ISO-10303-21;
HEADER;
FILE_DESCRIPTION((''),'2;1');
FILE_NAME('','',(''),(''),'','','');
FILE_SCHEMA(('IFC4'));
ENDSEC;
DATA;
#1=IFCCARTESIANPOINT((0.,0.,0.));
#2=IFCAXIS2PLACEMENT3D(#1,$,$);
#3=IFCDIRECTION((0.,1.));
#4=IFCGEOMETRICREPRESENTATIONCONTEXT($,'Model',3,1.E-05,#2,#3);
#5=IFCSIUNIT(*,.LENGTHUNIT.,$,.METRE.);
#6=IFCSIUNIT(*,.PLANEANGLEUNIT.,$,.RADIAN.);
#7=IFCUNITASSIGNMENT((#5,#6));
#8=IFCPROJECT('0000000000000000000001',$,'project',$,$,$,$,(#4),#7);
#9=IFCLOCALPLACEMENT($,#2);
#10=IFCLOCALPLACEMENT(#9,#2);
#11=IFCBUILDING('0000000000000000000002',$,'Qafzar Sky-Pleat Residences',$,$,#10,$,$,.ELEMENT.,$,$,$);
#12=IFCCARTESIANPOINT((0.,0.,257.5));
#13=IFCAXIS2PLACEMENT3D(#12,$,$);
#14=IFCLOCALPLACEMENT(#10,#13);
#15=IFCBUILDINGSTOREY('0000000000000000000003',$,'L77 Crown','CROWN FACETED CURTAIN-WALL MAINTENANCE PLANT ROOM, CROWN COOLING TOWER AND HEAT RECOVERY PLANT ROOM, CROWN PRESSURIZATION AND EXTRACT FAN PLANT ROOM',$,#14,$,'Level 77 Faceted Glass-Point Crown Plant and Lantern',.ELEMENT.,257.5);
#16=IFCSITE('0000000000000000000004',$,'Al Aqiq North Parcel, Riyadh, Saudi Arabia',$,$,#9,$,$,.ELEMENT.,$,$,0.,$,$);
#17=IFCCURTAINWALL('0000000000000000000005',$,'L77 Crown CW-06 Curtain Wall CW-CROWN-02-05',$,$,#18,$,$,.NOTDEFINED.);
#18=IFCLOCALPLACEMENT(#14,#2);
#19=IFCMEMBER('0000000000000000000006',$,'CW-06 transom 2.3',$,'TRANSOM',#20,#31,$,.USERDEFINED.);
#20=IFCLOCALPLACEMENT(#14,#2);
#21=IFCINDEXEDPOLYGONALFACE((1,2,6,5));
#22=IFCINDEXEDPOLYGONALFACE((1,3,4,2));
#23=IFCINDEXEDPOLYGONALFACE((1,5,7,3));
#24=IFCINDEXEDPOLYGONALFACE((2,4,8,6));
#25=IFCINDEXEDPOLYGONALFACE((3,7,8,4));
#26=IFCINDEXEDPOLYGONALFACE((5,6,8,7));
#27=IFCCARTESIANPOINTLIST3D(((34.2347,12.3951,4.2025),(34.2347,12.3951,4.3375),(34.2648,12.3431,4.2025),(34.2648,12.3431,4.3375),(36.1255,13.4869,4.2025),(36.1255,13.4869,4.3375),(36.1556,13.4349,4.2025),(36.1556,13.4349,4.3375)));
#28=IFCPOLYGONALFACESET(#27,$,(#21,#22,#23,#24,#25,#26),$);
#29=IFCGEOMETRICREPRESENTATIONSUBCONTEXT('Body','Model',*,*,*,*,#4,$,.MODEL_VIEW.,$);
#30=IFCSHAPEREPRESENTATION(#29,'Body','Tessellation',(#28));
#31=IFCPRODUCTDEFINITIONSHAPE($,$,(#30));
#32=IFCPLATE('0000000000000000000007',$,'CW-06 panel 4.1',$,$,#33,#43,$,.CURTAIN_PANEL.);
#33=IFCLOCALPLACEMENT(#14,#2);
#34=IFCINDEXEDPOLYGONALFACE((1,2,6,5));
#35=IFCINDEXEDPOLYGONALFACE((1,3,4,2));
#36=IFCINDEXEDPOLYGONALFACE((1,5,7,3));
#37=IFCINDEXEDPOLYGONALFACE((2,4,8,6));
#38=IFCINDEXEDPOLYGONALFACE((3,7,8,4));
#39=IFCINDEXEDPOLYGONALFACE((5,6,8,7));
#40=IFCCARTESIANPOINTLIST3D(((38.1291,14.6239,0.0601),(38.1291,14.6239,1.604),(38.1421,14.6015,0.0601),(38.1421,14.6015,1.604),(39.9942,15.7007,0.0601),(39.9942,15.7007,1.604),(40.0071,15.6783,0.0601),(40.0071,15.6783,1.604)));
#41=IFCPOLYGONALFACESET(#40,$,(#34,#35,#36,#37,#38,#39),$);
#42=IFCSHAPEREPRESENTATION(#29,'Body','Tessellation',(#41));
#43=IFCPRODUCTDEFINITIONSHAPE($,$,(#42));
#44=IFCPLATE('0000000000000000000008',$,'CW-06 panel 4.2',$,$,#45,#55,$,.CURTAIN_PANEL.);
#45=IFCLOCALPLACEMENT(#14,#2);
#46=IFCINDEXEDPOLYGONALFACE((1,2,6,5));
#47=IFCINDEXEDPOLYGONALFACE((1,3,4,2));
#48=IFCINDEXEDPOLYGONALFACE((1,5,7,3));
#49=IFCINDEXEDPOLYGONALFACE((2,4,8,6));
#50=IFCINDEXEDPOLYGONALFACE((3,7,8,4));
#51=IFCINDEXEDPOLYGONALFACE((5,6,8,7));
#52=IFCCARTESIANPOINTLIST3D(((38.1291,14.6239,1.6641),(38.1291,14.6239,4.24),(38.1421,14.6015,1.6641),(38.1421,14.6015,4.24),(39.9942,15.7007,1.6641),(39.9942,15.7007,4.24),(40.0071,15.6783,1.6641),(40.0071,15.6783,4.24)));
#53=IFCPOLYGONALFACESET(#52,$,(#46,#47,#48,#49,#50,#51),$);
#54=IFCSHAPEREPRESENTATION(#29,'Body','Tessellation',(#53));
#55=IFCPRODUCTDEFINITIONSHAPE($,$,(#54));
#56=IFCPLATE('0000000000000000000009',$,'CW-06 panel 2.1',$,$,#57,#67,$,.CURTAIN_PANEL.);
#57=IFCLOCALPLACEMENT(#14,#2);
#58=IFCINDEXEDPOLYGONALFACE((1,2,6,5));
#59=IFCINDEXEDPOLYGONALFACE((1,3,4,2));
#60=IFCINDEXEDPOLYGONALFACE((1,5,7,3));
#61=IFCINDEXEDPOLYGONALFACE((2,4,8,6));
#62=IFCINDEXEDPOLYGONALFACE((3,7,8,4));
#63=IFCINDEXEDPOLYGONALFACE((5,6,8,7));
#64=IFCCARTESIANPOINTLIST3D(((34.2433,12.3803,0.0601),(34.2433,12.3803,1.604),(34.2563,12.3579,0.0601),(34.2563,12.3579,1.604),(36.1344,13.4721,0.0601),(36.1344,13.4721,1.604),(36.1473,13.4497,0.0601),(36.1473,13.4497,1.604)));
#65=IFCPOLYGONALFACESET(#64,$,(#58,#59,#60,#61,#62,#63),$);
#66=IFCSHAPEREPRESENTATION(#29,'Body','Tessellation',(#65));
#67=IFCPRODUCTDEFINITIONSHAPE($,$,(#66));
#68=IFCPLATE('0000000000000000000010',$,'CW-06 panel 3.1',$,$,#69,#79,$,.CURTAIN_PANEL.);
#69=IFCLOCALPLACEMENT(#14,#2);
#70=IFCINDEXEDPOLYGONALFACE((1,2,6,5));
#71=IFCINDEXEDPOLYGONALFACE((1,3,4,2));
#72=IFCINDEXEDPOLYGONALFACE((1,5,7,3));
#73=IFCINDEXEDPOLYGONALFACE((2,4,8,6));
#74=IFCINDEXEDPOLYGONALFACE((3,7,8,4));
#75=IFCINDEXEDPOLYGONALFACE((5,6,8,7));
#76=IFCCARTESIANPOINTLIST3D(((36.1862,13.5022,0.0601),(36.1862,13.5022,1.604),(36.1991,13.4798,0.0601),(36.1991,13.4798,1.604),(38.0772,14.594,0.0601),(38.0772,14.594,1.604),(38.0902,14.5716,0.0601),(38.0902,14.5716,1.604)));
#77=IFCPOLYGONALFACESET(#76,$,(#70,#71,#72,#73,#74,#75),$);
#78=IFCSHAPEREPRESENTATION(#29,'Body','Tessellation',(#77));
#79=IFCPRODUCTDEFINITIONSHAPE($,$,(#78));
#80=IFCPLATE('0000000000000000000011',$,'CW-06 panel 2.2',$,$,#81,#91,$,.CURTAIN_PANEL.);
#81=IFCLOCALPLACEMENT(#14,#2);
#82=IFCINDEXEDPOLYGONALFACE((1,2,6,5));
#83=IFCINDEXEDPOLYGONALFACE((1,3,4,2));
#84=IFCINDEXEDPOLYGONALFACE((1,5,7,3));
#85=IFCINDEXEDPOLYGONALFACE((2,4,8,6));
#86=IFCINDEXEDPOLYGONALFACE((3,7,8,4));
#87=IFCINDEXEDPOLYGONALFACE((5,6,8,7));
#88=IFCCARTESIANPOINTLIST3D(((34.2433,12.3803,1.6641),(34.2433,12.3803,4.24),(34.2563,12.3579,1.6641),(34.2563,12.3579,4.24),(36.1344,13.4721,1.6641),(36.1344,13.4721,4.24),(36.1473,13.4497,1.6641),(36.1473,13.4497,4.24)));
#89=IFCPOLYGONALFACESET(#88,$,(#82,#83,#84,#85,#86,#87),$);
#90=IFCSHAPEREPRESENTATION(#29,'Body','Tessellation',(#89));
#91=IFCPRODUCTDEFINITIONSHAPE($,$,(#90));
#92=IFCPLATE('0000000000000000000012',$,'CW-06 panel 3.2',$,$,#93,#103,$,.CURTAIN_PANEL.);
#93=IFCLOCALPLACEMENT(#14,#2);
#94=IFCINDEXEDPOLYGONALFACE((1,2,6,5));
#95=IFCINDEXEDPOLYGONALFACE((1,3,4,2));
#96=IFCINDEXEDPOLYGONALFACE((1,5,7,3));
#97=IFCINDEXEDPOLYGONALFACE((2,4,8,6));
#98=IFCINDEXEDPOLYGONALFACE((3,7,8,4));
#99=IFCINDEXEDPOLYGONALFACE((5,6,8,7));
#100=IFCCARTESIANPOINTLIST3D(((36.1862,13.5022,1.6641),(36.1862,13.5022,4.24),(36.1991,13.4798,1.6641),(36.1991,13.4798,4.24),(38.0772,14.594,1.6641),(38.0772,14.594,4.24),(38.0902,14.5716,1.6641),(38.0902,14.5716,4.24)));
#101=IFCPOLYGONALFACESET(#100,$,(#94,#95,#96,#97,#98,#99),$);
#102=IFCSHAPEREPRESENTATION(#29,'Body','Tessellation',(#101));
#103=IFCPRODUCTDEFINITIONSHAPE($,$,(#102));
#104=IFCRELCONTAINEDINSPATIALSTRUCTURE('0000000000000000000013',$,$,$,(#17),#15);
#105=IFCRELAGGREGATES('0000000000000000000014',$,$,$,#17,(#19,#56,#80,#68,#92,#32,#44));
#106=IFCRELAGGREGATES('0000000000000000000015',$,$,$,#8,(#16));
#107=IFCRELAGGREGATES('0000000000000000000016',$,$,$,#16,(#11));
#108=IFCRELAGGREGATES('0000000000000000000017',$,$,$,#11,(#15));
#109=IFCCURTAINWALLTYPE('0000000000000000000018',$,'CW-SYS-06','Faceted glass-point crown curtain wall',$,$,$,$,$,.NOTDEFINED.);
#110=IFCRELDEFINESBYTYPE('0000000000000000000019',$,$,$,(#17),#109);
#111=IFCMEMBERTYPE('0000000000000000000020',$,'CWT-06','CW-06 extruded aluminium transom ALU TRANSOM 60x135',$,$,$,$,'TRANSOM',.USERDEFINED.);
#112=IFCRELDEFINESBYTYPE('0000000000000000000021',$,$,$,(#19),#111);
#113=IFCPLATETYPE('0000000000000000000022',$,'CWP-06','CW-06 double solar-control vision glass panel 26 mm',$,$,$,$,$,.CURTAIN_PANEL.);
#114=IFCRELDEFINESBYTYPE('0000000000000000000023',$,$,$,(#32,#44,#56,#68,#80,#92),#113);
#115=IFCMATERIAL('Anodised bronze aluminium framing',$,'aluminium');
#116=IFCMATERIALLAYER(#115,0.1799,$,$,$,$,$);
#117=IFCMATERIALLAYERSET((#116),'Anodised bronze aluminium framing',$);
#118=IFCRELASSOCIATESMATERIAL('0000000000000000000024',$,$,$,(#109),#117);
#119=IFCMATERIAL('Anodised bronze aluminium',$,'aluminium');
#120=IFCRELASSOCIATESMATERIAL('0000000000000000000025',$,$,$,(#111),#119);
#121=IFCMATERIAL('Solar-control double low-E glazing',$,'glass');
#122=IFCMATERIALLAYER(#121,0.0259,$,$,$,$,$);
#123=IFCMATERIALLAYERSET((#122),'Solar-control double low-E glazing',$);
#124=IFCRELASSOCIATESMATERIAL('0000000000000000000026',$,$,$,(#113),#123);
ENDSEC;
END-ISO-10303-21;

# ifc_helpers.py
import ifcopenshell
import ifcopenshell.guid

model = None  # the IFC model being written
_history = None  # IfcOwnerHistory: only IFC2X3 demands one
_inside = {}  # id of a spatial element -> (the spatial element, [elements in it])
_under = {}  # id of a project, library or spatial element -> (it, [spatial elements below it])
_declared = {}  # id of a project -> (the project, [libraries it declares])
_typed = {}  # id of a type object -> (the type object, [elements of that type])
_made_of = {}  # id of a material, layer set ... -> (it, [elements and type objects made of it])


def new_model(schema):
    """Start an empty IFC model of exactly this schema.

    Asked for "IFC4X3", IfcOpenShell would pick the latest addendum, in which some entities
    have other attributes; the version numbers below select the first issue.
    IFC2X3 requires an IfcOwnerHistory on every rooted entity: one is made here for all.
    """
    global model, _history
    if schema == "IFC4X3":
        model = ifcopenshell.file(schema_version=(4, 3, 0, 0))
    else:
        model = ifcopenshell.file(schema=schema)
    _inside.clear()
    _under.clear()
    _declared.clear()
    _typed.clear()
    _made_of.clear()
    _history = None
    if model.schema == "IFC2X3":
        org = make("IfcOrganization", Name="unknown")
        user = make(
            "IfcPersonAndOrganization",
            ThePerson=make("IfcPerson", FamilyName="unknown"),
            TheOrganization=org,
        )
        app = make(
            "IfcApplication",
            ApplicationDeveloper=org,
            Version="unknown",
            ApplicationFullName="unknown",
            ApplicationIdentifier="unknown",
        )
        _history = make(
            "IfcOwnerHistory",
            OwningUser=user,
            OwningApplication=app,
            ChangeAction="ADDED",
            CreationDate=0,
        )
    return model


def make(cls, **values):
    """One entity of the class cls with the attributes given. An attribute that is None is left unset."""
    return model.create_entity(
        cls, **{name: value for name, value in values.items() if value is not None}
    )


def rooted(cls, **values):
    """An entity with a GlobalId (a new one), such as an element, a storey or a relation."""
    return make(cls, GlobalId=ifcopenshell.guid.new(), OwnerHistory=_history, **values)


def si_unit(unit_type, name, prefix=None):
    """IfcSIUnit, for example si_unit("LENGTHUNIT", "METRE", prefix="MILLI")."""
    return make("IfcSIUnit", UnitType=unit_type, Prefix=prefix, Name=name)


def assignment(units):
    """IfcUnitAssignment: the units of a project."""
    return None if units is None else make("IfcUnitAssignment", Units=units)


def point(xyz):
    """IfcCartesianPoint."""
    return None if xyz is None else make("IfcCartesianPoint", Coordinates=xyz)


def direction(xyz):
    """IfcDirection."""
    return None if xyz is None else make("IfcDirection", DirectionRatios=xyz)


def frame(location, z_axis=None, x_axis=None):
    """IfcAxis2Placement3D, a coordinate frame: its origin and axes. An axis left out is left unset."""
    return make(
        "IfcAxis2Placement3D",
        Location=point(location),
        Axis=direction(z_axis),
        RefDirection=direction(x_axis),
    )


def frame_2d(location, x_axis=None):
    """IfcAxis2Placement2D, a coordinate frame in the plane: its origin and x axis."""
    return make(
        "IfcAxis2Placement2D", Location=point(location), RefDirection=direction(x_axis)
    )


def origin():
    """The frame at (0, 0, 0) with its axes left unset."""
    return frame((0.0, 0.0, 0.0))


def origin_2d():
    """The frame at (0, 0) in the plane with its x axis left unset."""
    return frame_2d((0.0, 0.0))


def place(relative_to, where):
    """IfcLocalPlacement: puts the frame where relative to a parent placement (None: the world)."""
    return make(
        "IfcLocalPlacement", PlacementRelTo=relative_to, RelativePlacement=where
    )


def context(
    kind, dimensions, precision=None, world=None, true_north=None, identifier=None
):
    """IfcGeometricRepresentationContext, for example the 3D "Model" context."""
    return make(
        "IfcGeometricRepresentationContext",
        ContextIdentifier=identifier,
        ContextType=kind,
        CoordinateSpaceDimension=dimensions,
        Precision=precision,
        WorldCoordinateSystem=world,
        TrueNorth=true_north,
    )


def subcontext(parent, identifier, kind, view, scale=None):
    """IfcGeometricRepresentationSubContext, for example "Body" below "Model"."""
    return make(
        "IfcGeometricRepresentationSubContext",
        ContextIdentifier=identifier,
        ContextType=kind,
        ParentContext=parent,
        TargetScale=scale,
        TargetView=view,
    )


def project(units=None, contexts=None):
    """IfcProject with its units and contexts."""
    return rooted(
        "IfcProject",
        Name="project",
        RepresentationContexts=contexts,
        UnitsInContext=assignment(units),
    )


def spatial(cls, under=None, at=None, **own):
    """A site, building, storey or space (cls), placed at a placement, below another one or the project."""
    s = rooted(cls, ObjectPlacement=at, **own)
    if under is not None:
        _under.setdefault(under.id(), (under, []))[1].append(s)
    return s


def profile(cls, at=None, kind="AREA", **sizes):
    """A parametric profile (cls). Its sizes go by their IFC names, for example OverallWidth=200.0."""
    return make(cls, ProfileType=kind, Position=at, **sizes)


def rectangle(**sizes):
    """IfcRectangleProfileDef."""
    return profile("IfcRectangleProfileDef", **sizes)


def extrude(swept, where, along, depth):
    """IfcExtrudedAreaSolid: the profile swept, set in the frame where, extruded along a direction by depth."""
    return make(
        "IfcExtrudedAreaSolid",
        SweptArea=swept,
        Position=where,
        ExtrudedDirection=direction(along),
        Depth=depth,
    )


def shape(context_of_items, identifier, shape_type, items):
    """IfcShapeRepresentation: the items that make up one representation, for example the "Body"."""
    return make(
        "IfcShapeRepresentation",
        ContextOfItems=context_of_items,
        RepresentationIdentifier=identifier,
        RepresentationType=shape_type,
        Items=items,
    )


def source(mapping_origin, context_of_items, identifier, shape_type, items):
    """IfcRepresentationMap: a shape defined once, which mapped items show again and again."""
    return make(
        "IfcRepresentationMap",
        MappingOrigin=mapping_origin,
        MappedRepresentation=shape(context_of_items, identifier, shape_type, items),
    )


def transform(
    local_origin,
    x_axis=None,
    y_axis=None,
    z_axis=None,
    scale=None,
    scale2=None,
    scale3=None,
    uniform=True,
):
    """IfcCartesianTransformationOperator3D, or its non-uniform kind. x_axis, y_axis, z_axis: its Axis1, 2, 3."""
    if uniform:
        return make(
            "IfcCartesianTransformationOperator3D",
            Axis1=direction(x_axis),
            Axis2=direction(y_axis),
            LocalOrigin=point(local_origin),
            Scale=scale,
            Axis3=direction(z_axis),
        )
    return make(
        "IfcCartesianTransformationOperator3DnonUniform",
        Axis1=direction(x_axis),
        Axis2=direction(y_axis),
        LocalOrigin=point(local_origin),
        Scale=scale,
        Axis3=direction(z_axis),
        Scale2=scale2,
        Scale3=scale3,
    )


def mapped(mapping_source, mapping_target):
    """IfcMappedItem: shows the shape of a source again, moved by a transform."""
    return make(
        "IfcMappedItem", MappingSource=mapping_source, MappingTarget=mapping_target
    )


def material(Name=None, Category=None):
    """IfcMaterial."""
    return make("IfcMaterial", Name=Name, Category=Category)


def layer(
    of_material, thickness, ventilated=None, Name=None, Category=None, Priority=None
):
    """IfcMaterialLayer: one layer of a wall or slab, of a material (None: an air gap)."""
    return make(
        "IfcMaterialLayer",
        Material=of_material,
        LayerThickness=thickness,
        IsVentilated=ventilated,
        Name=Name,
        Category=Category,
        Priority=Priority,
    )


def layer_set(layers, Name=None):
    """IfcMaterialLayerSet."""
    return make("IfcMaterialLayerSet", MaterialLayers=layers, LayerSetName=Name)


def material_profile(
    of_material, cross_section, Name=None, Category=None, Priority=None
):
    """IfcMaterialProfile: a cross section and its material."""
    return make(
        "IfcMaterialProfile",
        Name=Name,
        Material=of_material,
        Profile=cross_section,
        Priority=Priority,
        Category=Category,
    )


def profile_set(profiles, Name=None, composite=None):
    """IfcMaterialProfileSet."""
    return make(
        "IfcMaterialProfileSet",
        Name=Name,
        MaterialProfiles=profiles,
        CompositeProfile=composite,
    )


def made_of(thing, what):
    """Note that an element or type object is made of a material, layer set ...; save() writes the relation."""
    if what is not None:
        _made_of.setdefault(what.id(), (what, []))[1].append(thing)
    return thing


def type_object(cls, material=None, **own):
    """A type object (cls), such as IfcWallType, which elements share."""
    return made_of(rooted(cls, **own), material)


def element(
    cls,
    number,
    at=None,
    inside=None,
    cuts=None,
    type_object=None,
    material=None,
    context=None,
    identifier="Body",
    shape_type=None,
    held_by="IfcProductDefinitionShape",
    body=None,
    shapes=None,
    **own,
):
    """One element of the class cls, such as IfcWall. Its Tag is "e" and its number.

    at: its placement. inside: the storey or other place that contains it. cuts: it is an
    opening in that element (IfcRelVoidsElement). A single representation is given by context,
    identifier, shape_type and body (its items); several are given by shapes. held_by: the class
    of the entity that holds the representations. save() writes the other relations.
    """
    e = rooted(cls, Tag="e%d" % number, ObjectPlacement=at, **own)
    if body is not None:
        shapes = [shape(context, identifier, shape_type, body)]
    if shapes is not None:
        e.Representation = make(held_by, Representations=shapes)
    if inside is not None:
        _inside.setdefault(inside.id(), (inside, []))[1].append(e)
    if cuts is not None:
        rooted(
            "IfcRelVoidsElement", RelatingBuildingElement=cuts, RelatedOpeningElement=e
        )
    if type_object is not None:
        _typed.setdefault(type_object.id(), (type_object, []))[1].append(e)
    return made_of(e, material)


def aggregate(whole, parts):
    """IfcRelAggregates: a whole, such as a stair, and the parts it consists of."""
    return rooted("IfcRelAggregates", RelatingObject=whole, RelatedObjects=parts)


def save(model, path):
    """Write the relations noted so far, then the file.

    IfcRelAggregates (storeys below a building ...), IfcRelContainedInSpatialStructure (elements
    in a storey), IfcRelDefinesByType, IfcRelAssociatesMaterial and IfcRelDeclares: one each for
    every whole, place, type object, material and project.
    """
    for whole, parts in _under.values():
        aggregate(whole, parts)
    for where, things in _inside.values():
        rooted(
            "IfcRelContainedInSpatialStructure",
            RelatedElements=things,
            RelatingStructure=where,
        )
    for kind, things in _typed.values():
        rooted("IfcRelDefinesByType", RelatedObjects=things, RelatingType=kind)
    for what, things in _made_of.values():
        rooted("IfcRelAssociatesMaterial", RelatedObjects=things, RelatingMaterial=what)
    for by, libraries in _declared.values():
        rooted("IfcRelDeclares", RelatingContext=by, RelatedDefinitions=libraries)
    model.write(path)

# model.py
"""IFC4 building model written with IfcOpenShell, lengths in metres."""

from ifc_helpers import new_model, si_unit, direction, frame, origin, origin_2d, place, context, subcontext, project, spatial, rectangle, extrude, source, transform, mapped, material, layer, layer_set, material_profile, profile_set, type_object, element, aggregate, save


model = new_model("IFC4")

# Units and contexts
model_context = context("Model", 3, precision=1e-05, world=origin(), true_north=direction((0.0, 1.0)))
body_context = subcontext(model_context, "Body", "Model", "MODEL_VIEW")
ifc_project = project(units=[si_unit("LENGTHUNIT", "METRE"), si_unit("PLANEANGLEUNIT", "RADIAN")], contexts=[model_context])

# Site, building, storey
site_placement = place(None, origin())
site = spatial("IfcSite", under=ifc_project, at=site_placement, Name="Al Aqiq North Parcel, Riyadh, Saudi Arabia", CompositionType="ELEMENT", RefElevation=0.0)
building_placement = place(site_placement, origin())
building = spatial("IfcBuilding", under=site, at=building_placement, Name="Qafzar Sky-Pleat Residences", CompositionType="ELEMENT")
storey_placement = place(building_placement, frame((0.0, 0.0, 257.5)))
storey = spatial("IfcBuildingStorey", under=building, at=storey_placement, Name="L77 Crown", Description="CROWN FACETED CURTAIN-WALL MAINTENANCE PLANT ROOM, CROWN COOLING TOWER AND HEAT RECOVERY PLANT ROOM, CROWN PRESSURIZATION AND EXTRACT FAN PLANT ROOM", LongName="Level 77 Faceted Glass-Point Crown Plant and Lantern", CompositionType="ELEMENT", Elevation=257.5)

# Curtain wall
ifc_material_1 = material(Name="Anodised bronze aluminium framing", Category="aluminium")
ifc_layer_1 = layer(ifc_material_1, 0.1799)
ifc_layer_set_1 = layer_set([ifc_layer_1], Name="Anodised bronze aluminium framing")
curtain_wall_type = type_object("IfcCurtainWallType", Name="CW-SYS-06", Description="Faceted glass-point crown curtain wall", PredefinedType="NOTDEFINED", material=ifc_layer_set_1)
curtain_wall_1_placement = place(storey_placement, origin())
curtain_wall_1 = element("IfcCurtainWall", 1, at=curtain_wall_1_placement, inside=storey, type_object=curtain_wall_type, Name="L77 Crown CW-06 Curtain Wall CW-CROWN-02-05", PredefinedType="NOTDEFINED")
ifc_material_2 = material(Name="Anodised bronze aluminium", Category="aluminium")

# Member
ifc_material_profile_1 = material_profile(ifc_material_2, rectangle(XDim=0.0601, YDim=0.135, at=origin_2d()), Name="ALU TRANSOM 60x135")
ifc_profile_set_1 = profile_set([ifc_material_profile_1], Name="Anodised bronze aluminium")
member_type_1 = type_object("IfcMemberType", Name="CWT-06", Description="CW-06 extruded aluminium transom ALU TRANSOM 60x135", ElementType="TRANSOM", PredefinedType="USERDEFINED", material=ifc_profile_set_1)
shared_shape_1 = source(origin(), body_context, "Body", "SweptSolid", [
    extrude(rectangle(XDim=0.0601, YDim=0.135, at=origin_2d()), origin(), (0.0, 0.0, 1.0), 2.1833),
])
member_1_placement = place(storey_placement, frame((34.2498, 12.3691, 4.27), z_axis=(0.866005, 0.500035, 0.0), x_axis=(-0.500035, 0.866005, 0.0)))
member_1 = element("IfcMember", 2, at=member_1_placement, type_object=member_type_1, Name="CW-06 transom 2.3", ObjectType="TRANSOM", PredefinedType="USERDEFINED", context=body_context, shape_type="MappedRepresentation", body=[
    mapped(shared_shape_1, transform((0.0, 0.0, 0.0), x_axis=(1.0, 0.0, 0.0), y_axis=(0.0, 1.0, 0.0), z_axis=(0.0, 0.0, 1.0), scale=1.0)),
])

# Plates
ifc_material_3 = material(Name="Solar-control double low-E glazing", Category="glass")
ifc_layer_2 = layer(ifc_material_3, 0.0259)
ifc_layer_set_2 = layer_set([ifc_layer_2], Name="Solar-control double low-E glazing")
plate_type = type_object("IfcPlateType", Name="CWP-06", Description="CW-06 double solar-control vision glass panel 26 mm", PredefinedType="CURTAIN_PANEL", material=ifc_layer_set_2)
shared_shape_2 = source(origin(), body_context, "Body", "SweptSolid", [
    extrude(rectangle(XDim=2.1536, YDim=0.0259, at=origin_2d()), origin(), (0.0, 0.0, 1.0), 1.5439),
])
plate_1_placement = place(storey_placement, frame((39.0681, 15.1511, 0.0601), z_axis=(0.0, 0.0, 1.0), x_axis=(0.866024, 0.500003, 0.0)))
plate_1 = element("IfcPlate", 3, at=plate_1_placement, type_object=plate_type, Name="CW-06 panel 4.1", PredefinedType="CURTAIN_PANEL", context=body_context, shape_type="MappedRepresentation", body=[
    mapped(shared_shape_2, transform((0.0, 0.0, 0.0), x_axis=(1.0, 0.0, 0.0), y_axis=(0.0, 1.0, 0.0), z_axis=(0.0, 0.0, 1.0), scale=1.0)),
])
shared_shape_3 = source(origin(), body_context, "Body", "SweptSolid", [
    extrude(rectangle(XDim=2.1536, YDim=0.0259, at=origin_2d()), origin(), (0.0, 0.0, 1.0), 2.5759),
])
plate_2_placement = place(storey_placement, frame((39.0681, 15.1511, 1.6641), z_axis=(0.0, 0.0, 1.0), x_axis=(0.866024, 0.500003, 0.0)))
plate_2 = element("IfcPlate", 4, at=plate_2_placement, type_object=plate_type, Name="CW-06 panel 4.2", PredefinedType="CURTAIN_PANEL", context=body_context, shape_type="MappedRepresentation", body=[
    mapped(shared_shape_3, transform((0.0, 0.0, 0.0), x_axis=(1.0, 0.0, 0.0), y_axis=(0.0, 1.0, 0.0), z_axis=(0.0, 0.0, 1.0), scale=1.0)),
])
shared_shape_4 = source(origin(), body_context, "Body", "SweptSolid", [
    extrude(rectangle(XDim=2.1836, YDim=0.0259, at=origin_2d()), origin(), (0.0, 0.0, 1.0), 1.5439),
])
plate_3_placement = place(storey_placement, frame((35.1953, 12.915, 0.0601), z_axis=(0.0, 0.0, 1.0), x_axis=(0.866024, 0.500003, 0.0)))
plate_3 = element("IfcPlate", 5, at=plate_3_placement, type_object=plate_type, Name="CW-06 panel 2.1", PredefinedType="CURTAIN_PANEL", context=body_context, shape_type="MappedRepresentation", body=[
    mapped(shared_shape_4, transform((0.0, 0.0, 0.0), x_axis=(1.0, 0.0, 0.0), y_axis=(0.0, 1.0, 0.0), z_axis=(0.0, 0.0, 1.0), scale=1.0)),
])
plate_4_placement = place(storey_placement, frame((37.1382, 14.0369, 0.0601), z_axis=(0.0, 0.0, 1.0), x_axis=(0.866024, 0.500003, 0.0)))
plate_4 = element("IfcPlate", 6, at=plate_4_placement, type_object=plate_type, Name="CW-06 panel 3.1", PredefinedType="CURTAIN_PANEL", context=body_context, shape_type="MappedRepresentation", body=[
    mapped(shared_shape_4, transform((0.0, 0.0, 0.0), x_axis=(1.0, 0.0, 0.0), y_axis=(0.0, 1.0, 0.0), z_axis=(0.0, 0.0, 1.0), scale=1.0)),
])
shared_shape_5 = source(origin(), body_context, "Body", "SweptSolid", [
    extrude(rectangle(XDim=2.1836, YDim=0.0259, at=origin_2d()), origin(), (0.0, 0.0, 1.0), 2.5759),
])
plate_5_placement = place(storey_placement, frame((35.1953, 12.915, 1.6641), z_axis=(0.0, 0.0, 1.0), x_axis=(0.866024, 0.500003, 0.0)))
plate_5 = element("IfcPlate", 7, at=plate_5_placement, type_object=plate_type, Name="CW-06 panel 2.2", PredefinedType="CURTAIN_PANEL", context=body_context, shape_type="MappedRepresentation", body=[
    mapped(shared_shape_5, transform((0.0, 0.0, 0.0), x_axis=(1.0, 0.0, 0.0), y_axis=(0.0, 1.0, 0.0), z_axis=(0.0, 0.0, 1.0), scale=1.0)),
])
plate_6_placement = place(storey_placement, frame((37.1382, 14.0369, 1.6641), z_axis=(0.0, 0.0, 1.0), x_axis=(0.866024, 0.500003, 0.0)))
plate_6 = element("IfcPlate", 8, at=plate_6_placement, type_object=plate_type, Name="CW-06 panel 3.2", PredefinedType="CURTAIN_PANEL", context=body_context, shape_type="MappedRepresentation", body=[
    mapped(shared_shape_5, transform((0.0, 0.0, 0.0), x_axis=(1.0, 0.0, 0.0), y_axis=(0.0, 1.0, 0.0), z_axis=(0.0, 0.0, 1.0), scale=1.0)),
])
aggregate(curtain_wall_1, [member_1, plate_3, plate_5, plate_4, plate_6, plate_1, plate_2])

save(model, "model.ifc")
